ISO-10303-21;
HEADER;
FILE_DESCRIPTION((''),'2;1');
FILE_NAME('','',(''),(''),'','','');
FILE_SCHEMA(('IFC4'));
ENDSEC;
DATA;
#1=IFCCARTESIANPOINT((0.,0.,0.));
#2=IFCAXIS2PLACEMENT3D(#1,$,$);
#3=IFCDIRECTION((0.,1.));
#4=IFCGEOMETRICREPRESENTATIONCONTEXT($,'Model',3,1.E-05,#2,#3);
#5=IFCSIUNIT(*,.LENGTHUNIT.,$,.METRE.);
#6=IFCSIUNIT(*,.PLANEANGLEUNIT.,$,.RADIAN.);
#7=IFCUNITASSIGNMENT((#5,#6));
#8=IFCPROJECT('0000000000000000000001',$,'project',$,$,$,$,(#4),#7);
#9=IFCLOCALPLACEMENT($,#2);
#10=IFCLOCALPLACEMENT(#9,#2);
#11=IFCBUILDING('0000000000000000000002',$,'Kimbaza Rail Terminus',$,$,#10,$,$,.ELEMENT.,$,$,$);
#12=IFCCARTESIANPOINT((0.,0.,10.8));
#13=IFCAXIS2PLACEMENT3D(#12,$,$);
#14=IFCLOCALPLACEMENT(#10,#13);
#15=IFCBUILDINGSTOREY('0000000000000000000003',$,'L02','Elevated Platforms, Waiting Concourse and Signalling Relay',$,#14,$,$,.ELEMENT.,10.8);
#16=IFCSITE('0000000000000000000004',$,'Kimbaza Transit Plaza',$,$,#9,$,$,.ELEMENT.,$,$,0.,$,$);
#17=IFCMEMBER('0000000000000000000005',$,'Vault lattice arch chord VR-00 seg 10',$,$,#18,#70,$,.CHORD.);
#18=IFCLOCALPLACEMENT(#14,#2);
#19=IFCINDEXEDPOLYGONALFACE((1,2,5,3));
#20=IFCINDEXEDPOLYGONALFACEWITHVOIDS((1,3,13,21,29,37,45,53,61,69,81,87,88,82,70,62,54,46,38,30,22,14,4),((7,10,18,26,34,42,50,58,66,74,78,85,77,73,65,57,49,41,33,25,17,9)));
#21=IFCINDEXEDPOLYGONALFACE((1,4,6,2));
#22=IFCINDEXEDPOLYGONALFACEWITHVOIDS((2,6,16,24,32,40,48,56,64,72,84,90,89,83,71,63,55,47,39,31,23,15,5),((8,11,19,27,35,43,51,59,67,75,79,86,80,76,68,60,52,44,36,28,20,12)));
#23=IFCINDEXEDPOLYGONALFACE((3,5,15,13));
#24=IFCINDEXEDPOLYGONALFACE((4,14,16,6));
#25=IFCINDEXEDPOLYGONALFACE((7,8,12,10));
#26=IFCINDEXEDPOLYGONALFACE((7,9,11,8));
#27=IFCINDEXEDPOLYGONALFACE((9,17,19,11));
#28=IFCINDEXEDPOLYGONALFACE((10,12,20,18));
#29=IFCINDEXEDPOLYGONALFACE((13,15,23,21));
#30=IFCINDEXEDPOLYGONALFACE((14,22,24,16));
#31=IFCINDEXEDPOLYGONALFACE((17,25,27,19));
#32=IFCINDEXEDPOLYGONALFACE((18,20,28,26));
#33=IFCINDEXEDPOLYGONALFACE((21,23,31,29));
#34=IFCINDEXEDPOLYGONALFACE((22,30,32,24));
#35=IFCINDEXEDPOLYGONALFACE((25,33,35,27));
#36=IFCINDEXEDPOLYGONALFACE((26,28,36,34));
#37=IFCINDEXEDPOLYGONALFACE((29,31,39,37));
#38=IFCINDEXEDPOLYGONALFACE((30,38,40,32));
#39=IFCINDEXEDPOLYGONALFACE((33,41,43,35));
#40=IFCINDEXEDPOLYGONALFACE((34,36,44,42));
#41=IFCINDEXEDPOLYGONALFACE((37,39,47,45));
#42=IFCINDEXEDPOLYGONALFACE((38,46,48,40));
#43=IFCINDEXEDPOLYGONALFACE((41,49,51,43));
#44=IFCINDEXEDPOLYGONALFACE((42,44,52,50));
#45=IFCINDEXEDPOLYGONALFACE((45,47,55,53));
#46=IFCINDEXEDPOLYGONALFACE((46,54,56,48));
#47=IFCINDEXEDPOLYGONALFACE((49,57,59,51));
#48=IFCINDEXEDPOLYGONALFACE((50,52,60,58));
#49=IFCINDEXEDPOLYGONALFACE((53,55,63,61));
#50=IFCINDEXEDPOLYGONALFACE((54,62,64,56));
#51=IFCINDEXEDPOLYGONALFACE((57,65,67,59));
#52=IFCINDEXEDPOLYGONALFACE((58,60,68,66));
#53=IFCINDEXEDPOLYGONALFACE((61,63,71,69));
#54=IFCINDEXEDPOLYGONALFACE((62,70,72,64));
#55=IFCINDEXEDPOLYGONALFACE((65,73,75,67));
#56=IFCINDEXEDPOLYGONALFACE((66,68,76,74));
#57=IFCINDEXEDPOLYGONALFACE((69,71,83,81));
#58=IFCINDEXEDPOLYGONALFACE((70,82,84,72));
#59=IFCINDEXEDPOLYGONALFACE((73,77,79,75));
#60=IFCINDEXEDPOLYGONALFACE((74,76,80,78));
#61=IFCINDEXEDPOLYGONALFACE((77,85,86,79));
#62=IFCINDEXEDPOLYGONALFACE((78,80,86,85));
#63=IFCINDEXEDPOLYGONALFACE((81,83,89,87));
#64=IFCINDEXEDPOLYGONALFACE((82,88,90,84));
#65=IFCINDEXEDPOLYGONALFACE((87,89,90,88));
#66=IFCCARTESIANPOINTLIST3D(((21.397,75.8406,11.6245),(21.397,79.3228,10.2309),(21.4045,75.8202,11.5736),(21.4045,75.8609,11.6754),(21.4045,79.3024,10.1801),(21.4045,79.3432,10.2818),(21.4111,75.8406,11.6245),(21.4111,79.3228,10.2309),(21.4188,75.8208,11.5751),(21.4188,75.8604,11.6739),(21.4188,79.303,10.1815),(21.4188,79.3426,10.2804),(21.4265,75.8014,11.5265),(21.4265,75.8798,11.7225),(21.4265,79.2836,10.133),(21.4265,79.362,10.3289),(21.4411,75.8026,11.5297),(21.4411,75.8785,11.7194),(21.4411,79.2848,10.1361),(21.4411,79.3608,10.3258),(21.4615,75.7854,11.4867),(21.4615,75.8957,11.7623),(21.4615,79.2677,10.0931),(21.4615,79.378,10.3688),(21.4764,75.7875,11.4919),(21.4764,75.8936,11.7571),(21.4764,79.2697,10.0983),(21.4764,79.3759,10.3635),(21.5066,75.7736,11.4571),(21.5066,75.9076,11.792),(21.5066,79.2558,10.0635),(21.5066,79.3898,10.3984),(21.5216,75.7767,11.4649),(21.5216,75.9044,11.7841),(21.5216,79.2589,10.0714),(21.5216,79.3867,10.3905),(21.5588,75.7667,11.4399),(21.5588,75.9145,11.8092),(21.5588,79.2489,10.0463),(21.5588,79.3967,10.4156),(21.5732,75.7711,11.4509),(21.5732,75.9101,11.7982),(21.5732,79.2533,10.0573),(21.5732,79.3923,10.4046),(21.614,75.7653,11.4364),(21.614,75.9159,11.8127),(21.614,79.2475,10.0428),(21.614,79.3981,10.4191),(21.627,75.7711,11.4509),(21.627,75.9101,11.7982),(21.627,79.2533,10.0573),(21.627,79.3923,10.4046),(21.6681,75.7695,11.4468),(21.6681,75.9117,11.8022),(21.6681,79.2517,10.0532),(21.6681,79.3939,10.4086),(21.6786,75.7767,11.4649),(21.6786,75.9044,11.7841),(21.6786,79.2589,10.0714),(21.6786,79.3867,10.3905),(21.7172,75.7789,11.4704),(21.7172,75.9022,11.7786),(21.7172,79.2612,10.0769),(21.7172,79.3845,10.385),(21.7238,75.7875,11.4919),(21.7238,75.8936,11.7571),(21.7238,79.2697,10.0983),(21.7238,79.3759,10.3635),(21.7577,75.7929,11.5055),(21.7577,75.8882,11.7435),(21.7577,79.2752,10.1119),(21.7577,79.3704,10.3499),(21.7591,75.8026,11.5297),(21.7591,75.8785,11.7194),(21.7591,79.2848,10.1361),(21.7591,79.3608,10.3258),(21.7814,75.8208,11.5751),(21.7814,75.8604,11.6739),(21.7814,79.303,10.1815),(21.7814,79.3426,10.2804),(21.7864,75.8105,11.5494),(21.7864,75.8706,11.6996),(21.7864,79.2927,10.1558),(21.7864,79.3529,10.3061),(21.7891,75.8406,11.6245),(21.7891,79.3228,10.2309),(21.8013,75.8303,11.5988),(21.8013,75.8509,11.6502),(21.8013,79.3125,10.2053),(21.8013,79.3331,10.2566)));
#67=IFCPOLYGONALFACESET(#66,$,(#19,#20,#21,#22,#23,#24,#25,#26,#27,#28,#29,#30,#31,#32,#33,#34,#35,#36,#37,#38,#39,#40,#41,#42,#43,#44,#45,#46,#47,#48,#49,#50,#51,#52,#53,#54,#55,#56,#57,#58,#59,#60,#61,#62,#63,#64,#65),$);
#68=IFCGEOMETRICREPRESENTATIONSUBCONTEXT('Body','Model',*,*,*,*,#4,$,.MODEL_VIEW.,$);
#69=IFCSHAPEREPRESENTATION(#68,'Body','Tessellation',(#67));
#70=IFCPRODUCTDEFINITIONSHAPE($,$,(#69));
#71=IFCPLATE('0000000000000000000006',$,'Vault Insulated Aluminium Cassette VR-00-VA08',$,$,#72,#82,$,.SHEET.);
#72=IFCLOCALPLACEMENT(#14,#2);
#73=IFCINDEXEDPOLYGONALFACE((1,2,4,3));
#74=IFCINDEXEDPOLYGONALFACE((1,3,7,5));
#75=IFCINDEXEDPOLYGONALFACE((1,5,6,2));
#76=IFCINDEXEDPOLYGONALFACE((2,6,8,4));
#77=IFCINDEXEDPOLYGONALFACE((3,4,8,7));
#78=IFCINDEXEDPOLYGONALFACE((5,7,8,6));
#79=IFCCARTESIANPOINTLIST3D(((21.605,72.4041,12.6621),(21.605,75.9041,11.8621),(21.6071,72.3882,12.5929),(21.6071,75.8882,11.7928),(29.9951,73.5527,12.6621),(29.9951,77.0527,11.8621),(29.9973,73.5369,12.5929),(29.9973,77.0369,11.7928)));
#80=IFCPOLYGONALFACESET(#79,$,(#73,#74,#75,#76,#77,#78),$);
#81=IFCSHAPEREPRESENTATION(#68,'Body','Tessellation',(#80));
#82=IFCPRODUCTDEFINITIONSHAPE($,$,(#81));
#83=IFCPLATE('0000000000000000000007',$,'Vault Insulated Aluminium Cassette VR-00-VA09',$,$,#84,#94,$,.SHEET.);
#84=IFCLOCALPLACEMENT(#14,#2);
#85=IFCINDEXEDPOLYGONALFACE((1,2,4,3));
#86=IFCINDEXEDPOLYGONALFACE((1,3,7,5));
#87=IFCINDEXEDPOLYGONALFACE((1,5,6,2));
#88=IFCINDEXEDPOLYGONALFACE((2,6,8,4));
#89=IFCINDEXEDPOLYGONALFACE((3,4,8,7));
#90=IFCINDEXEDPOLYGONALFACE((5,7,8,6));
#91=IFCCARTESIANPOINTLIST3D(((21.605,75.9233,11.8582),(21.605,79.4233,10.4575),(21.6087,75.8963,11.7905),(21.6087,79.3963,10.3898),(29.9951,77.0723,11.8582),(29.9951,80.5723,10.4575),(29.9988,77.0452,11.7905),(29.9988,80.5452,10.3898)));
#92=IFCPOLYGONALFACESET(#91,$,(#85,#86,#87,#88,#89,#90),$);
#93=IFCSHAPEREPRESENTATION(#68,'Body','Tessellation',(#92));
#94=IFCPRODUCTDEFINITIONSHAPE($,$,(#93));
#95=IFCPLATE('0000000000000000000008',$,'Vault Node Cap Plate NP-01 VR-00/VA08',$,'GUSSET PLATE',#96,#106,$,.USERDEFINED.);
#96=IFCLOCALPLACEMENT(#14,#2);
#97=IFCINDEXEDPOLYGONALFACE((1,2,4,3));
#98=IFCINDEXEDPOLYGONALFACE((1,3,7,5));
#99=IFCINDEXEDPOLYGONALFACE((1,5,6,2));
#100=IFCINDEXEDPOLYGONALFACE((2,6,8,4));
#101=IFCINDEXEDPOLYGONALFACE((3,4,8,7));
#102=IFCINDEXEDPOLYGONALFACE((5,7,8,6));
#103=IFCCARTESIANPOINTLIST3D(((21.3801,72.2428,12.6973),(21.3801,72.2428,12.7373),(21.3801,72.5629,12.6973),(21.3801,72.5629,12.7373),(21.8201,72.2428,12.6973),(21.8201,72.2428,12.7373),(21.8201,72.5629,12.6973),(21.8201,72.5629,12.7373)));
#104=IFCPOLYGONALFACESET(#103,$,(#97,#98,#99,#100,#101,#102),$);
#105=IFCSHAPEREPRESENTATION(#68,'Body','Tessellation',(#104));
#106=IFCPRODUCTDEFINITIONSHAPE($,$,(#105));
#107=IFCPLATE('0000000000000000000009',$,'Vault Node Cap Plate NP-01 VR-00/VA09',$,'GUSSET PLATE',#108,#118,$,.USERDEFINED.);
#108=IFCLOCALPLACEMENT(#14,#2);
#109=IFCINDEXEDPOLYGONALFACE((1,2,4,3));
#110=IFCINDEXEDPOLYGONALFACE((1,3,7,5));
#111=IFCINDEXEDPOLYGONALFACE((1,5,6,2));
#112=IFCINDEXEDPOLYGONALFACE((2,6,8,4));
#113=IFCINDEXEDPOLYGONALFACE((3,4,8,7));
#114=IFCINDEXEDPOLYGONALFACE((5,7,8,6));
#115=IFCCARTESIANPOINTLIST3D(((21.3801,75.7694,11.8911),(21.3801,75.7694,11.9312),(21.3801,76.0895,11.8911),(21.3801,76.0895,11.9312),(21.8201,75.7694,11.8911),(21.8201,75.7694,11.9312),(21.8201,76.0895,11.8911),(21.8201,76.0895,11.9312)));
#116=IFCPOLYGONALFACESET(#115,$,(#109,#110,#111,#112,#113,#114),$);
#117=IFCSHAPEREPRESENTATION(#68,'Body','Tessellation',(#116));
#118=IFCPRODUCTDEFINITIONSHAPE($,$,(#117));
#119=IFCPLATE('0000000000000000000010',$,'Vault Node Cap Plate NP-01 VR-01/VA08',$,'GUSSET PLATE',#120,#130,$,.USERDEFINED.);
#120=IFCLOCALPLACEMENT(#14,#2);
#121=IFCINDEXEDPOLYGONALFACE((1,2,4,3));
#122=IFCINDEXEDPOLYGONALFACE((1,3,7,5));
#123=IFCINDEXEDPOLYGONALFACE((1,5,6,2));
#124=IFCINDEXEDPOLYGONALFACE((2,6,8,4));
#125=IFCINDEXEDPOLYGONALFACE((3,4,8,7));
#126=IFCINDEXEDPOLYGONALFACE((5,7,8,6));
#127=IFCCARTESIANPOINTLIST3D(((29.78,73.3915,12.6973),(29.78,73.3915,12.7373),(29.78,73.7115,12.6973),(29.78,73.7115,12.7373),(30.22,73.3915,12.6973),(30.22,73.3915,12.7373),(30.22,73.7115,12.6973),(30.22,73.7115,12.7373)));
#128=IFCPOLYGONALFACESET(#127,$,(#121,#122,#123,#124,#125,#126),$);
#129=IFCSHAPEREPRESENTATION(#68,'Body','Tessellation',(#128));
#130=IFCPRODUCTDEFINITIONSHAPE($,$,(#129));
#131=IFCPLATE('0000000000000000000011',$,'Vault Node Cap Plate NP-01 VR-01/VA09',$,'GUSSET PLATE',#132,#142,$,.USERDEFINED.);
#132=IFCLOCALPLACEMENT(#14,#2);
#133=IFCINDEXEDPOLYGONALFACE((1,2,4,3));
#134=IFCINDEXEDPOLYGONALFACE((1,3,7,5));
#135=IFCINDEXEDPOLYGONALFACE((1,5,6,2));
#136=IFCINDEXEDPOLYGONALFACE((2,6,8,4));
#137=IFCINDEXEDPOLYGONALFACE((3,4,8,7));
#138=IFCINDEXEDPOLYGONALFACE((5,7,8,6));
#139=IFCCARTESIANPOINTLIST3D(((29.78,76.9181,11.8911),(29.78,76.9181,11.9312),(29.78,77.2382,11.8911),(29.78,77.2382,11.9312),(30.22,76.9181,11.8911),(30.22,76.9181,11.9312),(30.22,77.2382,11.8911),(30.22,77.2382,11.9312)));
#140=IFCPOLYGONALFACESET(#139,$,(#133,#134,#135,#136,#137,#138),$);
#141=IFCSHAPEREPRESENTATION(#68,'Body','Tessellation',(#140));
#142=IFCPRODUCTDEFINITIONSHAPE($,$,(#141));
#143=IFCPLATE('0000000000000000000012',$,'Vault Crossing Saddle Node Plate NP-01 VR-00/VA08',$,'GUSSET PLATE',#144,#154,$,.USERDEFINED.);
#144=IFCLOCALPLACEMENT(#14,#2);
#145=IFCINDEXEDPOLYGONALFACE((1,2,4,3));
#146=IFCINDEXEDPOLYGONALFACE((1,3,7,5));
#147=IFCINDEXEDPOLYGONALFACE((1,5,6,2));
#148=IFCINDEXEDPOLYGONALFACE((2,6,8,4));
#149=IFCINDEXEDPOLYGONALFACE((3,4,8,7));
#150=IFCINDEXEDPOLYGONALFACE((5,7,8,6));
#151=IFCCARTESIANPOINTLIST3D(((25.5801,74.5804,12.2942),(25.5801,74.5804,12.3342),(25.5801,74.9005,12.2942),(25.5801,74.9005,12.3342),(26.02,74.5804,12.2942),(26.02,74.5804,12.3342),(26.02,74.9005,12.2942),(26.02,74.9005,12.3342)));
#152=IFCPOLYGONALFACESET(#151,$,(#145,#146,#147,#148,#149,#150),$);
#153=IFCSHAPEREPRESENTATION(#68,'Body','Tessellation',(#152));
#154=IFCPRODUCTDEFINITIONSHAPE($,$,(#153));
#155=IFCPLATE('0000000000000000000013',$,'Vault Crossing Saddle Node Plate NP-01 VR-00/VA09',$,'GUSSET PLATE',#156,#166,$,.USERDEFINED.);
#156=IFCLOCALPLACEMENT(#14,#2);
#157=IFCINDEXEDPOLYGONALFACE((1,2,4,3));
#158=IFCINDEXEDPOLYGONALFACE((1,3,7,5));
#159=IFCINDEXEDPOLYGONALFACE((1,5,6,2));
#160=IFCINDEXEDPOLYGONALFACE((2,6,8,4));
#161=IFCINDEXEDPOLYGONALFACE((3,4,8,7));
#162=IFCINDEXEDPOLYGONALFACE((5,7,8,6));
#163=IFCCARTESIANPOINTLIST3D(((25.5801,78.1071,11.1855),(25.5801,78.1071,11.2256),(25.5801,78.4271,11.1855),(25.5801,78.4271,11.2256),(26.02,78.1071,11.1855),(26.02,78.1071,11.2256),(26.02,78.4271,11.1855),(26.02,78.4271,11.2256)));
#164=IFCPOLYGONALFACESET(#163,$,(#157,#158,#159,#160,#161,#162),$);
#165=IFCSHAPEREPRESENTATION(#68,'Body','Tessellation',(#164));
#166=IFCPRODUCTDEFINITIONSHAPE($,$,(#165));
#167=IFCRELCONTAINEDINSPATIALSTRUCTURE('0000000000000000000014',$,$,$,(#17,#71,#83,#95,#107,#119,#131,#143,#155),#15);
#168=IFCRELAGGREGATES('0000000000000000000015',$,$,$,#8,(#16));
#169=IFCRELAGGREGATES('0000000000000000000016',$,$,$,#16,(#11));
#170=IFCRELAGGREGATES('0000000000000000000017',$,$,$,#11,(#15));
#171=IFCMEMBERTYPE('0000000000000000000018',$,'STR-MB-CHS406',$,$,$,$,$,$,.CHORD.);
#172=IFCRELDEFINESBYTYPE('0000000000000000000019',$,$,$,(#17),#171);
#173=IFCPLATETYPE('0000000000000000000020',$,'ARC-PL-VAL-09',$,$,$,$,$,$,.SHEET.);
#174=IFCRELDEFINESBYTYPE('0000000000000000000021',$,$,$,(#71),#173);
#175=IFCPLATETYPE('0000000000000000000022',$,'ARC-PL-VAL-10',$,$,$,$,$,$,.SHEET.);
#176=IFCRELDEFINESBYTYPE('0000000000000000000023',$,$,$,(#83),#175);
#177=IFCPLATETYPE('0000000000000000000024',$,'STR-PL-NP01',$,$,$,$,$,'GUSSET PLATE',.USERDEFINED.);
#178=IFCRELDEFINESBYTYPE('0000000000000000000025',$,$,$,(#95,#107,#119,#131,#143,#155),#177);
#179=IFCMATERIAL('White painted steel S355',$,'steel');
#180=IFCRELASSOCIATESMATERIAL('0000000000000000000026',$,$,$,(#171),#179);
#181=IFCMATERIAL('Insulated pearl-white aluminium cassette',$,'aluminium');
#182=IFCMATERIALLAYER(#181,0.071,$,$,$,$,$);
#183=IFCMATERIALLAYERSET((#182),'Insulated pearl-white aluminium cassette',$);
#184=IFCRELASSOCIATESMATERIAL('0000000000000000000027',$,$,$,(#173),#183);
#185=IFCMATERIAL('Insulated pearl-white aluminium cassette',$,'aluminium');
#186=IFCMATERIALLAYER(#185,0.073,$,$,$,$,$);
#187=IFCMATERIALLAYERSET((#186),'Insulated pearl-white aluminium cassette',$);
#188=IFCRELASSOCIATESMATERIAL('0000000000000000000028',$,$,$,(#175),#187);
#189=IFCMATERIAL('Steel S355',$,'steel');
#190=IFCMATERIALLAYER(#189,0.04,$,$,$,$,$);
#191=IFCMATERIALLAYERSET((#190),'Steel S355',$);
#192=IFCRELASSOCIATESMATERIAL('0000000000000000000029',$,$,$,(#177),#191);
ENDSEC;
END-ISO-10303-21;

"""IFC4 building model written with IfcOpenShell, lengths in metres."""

from ifc_helpers import new_model, si_unit, direction, frame, origin, origin_2d, place, context, subcontext, project, spatial, polyline, rectangle, hollow_circle, outline, extrude, material, layer, layer_set, material_profile, profile_set, type_object, element, save


model = new_model("IFC4")

# Units and contexts
model_context = context("Model", 3, precision=1e-05, world=origin(), true_north=direction((0.0, 1.0)))
body_context = subcontext(model_context, "Body", "Model", "MODEL_VIEW")
ifc_project = project(units=[si_unit("LENGTHUNIT", "METRE"), si_unit("PLANEANGLEUNIT", "RADIAN")], contexts=[model_context])

# Site, building, storey
site_placement = place(None, origin())
site = spatial("IfcSite", under=ifc_project, at=site_placement, Name="Kimbaza Transit Plaza", CompositionType="ELEMENT", RefElevation=0.0)
building_placement = place(site_placement, origin())
building = spatial("IfcBuilding", under=site, at=building_placement, Name="Kimbaza Rail Terminus", CompositionType="ELEMENT")
storey_placement = place(building_placement, frame((0.0, 0.0, 10.8)))
storey = spatial("IfcBuildingStorey", under=building, at=storey_placement, Name="L02", Description="Elevated Platforms, Waiting Concourse and Signalling Relay", CompositionType="ELEMENT", Elevation=10.8)

# Member
ifc_material_1 = material(Name="White painted steel S355", Category="steel")
ifc_material_profile_1 = material_profile(ifc_material_1, hollow_circle(Radius=0.2031, WallThickness=0.0142, at=origin_2d()), Name="CHS 406.4x14.2")
ifc_profile_set_1 = profile_set([ifc_material_profile_1], Name="White painted steel S355")
member_type_1 = type_object("IfcMemberType", Name="STR-MB-CHS406", PredefinedType="CHORD", material=ifc_profile_set_1)
member_1_placement = place(storey_placement, frame((21.6001, 75.8406, 11.6245), z_axis=(0.0, 0.928414, -0.371548), x_axis=(-1.0, 0.0, 0.0)))
element("IfcMember", 1, at=member_1_placement, inside=storey, type_object=member_type_1, Name="Vault lattice arch chord VR-00 seg 10", PredefinedType="CHORD", context=body_context, shape_type="SweptSolid", body=[
    extrude(hollow_circle(Radius=0.2031, WallThickness=0.0142, at=origin_2d()), origin(), (0.0, 0.0, 1.0), 3.7507),
])

# Plates
ifc_material_2 = material(Name="Insulated pearl-white aluminium cassette", Category="aluminium")
ifc_layer_1 = layer(ifc_material_2, 0.071)
ifc_layer_set_1 = layer_set([ifc_layer_1], Name="Insulated pearl-white aluminium cassette")
plate_type_1 = type_object("IfcPlateType", Name="ARC-PL-VAL-09", PredefinedType="SHEET", material=ifc_layer_set_1)
plate_1_placement = place(storey_placement, frame((21.605, 72.4041, 12.6621), z_axis=(-0.030494, 0.222734, 0.974402), x_axis=(0.990758, 0.135643, 0.0)))
element("IfcPlate", 2, at=plate_1_placement, inside=storey, type_object=plate_type_1, Name="Vault Insulated Aluminium Cassette VR-00-VA08", PredefinedType="SHEET", context=body_context, shape_type="SweptSolid", body=[
    extrude(outline(polyline([(0.0, 0.0), (8.4684, 0.0), (8.9432, 3.5587), (0.4748, 3.5587), (0.0, 0.0)])), origin(), (0.0, 0.0, -1.0), 0.071),
])
ifc_material_3 = material(Name="Insulated pearl-white aluminium cassette", Category="aluminium")
ifc_layer_2 = layer(ifc_material_3, 0.073)
ifc_layer_set_2 = layer_set([ifc_layer_2], Name="Insulated pearl-white aluminium cassette")
plate_type_2 = type_object("IfcPlateType", Name="ARC-PL-VAL-10", PredefinedType="SHEET", material=ifc_layer_set_2)
plate_2_placement = place(storey_placement, frame((21.605, 75.9233, 11.8582), z_axis=(-0.050812, 0.371056, 0.927219), x_axis=(0.990754, 0.135672, 0.0)))
element("IfcPlate", 3, at=plate_2_placement, inside=storey, type_object=plate_type_2, Name="Vault Insulated Aluminium Cassette VR-00-VA09", PredefinedType="SHEET", context=body_context, shape_type="SweptSolid", body=[
    extrude(outline(polyline([(0.0, 0.0), (8.4684, 0.0), (8.9433, 3.7398), (0.4749, 3.7398), (0.0, 0.0)])), origin(), (0.0, 0.0, -1.0), 0.073),
])
ifc_material_4 = material(Name="Steel S355", Category="steel")
ifc_layer_3 = layer(ifc_material_4, 0.04)
ifc_layer_set_3 = layer_set([ifc_layer_3], Name="Steel S355")
plate_type_3 = type_object("IfcPlateType", Name="STR-PL-NP01", ElementType="GUSSET PLATE", PredefinedType="USERDEFINED", material=ifc_layer_set_3)
for number, where, z_axis, x_axis, name in (
    (4, (21.6001, 72.4028, 12.6973), (0.0, 0.0, 1.0), (1.0, 0.0, 0.0), "Vault Node Cap Plate NP-01 VR-00/VA08"),
    (5, (21.6001, 75.9294, 11.8911), (0.0, 0.0, 1.0), (1.0, 0.0, 0.0), "Vault Node Cap Plate NP-01 VR-00/VA09"),
    (6, (30.0, 73.5515, 12.6973), (0.0, 0.0, 1.0), (1.0, 0.0, 0.0), "Vault Node Cap Plate NP-01 VR-01/VA08"),
    (7, (30.0, 77.0781, 11.8911), (0.0, 0.0, 1.0), (1.0, 0.0, 0.0), "Vault Node Cap Plate NP-01 VR-01/VA09"),
    (8, (25.8, 74.7405, 12.2942), (0.0, 0.0, 1.0), (1.0, 0.0, 0.0), "Vault Crossing Saddle Node Plate NP-01 VR-00/VA08"),
    (9, (25.8, 78.2671, 11.1855), (0.0, 0.0, 1.0), (1.0, 0.0, 0.0), "Vault Crossing Saddle Node Plate NP-01 VR-00/VA09"),
):
    element("IfcPlate", number, at=place(storey_placement, frame(where, z_axis=z_axis, x_axis=x_axis)), inside=storey, type_object=plate_type_3, Name=name, ObjectType="GUSSET PLATE", PredefinedType="USERDEFINED", context=body_context, shape_type="SweptSolid", body=[
        extrude(rectangle(XDim=0.4399, YDim=0.3201, at=origin_2d()), origin(), (0.0, 0.0, 1.0), 0.04),
    ])

save(model, "model.ifc")
